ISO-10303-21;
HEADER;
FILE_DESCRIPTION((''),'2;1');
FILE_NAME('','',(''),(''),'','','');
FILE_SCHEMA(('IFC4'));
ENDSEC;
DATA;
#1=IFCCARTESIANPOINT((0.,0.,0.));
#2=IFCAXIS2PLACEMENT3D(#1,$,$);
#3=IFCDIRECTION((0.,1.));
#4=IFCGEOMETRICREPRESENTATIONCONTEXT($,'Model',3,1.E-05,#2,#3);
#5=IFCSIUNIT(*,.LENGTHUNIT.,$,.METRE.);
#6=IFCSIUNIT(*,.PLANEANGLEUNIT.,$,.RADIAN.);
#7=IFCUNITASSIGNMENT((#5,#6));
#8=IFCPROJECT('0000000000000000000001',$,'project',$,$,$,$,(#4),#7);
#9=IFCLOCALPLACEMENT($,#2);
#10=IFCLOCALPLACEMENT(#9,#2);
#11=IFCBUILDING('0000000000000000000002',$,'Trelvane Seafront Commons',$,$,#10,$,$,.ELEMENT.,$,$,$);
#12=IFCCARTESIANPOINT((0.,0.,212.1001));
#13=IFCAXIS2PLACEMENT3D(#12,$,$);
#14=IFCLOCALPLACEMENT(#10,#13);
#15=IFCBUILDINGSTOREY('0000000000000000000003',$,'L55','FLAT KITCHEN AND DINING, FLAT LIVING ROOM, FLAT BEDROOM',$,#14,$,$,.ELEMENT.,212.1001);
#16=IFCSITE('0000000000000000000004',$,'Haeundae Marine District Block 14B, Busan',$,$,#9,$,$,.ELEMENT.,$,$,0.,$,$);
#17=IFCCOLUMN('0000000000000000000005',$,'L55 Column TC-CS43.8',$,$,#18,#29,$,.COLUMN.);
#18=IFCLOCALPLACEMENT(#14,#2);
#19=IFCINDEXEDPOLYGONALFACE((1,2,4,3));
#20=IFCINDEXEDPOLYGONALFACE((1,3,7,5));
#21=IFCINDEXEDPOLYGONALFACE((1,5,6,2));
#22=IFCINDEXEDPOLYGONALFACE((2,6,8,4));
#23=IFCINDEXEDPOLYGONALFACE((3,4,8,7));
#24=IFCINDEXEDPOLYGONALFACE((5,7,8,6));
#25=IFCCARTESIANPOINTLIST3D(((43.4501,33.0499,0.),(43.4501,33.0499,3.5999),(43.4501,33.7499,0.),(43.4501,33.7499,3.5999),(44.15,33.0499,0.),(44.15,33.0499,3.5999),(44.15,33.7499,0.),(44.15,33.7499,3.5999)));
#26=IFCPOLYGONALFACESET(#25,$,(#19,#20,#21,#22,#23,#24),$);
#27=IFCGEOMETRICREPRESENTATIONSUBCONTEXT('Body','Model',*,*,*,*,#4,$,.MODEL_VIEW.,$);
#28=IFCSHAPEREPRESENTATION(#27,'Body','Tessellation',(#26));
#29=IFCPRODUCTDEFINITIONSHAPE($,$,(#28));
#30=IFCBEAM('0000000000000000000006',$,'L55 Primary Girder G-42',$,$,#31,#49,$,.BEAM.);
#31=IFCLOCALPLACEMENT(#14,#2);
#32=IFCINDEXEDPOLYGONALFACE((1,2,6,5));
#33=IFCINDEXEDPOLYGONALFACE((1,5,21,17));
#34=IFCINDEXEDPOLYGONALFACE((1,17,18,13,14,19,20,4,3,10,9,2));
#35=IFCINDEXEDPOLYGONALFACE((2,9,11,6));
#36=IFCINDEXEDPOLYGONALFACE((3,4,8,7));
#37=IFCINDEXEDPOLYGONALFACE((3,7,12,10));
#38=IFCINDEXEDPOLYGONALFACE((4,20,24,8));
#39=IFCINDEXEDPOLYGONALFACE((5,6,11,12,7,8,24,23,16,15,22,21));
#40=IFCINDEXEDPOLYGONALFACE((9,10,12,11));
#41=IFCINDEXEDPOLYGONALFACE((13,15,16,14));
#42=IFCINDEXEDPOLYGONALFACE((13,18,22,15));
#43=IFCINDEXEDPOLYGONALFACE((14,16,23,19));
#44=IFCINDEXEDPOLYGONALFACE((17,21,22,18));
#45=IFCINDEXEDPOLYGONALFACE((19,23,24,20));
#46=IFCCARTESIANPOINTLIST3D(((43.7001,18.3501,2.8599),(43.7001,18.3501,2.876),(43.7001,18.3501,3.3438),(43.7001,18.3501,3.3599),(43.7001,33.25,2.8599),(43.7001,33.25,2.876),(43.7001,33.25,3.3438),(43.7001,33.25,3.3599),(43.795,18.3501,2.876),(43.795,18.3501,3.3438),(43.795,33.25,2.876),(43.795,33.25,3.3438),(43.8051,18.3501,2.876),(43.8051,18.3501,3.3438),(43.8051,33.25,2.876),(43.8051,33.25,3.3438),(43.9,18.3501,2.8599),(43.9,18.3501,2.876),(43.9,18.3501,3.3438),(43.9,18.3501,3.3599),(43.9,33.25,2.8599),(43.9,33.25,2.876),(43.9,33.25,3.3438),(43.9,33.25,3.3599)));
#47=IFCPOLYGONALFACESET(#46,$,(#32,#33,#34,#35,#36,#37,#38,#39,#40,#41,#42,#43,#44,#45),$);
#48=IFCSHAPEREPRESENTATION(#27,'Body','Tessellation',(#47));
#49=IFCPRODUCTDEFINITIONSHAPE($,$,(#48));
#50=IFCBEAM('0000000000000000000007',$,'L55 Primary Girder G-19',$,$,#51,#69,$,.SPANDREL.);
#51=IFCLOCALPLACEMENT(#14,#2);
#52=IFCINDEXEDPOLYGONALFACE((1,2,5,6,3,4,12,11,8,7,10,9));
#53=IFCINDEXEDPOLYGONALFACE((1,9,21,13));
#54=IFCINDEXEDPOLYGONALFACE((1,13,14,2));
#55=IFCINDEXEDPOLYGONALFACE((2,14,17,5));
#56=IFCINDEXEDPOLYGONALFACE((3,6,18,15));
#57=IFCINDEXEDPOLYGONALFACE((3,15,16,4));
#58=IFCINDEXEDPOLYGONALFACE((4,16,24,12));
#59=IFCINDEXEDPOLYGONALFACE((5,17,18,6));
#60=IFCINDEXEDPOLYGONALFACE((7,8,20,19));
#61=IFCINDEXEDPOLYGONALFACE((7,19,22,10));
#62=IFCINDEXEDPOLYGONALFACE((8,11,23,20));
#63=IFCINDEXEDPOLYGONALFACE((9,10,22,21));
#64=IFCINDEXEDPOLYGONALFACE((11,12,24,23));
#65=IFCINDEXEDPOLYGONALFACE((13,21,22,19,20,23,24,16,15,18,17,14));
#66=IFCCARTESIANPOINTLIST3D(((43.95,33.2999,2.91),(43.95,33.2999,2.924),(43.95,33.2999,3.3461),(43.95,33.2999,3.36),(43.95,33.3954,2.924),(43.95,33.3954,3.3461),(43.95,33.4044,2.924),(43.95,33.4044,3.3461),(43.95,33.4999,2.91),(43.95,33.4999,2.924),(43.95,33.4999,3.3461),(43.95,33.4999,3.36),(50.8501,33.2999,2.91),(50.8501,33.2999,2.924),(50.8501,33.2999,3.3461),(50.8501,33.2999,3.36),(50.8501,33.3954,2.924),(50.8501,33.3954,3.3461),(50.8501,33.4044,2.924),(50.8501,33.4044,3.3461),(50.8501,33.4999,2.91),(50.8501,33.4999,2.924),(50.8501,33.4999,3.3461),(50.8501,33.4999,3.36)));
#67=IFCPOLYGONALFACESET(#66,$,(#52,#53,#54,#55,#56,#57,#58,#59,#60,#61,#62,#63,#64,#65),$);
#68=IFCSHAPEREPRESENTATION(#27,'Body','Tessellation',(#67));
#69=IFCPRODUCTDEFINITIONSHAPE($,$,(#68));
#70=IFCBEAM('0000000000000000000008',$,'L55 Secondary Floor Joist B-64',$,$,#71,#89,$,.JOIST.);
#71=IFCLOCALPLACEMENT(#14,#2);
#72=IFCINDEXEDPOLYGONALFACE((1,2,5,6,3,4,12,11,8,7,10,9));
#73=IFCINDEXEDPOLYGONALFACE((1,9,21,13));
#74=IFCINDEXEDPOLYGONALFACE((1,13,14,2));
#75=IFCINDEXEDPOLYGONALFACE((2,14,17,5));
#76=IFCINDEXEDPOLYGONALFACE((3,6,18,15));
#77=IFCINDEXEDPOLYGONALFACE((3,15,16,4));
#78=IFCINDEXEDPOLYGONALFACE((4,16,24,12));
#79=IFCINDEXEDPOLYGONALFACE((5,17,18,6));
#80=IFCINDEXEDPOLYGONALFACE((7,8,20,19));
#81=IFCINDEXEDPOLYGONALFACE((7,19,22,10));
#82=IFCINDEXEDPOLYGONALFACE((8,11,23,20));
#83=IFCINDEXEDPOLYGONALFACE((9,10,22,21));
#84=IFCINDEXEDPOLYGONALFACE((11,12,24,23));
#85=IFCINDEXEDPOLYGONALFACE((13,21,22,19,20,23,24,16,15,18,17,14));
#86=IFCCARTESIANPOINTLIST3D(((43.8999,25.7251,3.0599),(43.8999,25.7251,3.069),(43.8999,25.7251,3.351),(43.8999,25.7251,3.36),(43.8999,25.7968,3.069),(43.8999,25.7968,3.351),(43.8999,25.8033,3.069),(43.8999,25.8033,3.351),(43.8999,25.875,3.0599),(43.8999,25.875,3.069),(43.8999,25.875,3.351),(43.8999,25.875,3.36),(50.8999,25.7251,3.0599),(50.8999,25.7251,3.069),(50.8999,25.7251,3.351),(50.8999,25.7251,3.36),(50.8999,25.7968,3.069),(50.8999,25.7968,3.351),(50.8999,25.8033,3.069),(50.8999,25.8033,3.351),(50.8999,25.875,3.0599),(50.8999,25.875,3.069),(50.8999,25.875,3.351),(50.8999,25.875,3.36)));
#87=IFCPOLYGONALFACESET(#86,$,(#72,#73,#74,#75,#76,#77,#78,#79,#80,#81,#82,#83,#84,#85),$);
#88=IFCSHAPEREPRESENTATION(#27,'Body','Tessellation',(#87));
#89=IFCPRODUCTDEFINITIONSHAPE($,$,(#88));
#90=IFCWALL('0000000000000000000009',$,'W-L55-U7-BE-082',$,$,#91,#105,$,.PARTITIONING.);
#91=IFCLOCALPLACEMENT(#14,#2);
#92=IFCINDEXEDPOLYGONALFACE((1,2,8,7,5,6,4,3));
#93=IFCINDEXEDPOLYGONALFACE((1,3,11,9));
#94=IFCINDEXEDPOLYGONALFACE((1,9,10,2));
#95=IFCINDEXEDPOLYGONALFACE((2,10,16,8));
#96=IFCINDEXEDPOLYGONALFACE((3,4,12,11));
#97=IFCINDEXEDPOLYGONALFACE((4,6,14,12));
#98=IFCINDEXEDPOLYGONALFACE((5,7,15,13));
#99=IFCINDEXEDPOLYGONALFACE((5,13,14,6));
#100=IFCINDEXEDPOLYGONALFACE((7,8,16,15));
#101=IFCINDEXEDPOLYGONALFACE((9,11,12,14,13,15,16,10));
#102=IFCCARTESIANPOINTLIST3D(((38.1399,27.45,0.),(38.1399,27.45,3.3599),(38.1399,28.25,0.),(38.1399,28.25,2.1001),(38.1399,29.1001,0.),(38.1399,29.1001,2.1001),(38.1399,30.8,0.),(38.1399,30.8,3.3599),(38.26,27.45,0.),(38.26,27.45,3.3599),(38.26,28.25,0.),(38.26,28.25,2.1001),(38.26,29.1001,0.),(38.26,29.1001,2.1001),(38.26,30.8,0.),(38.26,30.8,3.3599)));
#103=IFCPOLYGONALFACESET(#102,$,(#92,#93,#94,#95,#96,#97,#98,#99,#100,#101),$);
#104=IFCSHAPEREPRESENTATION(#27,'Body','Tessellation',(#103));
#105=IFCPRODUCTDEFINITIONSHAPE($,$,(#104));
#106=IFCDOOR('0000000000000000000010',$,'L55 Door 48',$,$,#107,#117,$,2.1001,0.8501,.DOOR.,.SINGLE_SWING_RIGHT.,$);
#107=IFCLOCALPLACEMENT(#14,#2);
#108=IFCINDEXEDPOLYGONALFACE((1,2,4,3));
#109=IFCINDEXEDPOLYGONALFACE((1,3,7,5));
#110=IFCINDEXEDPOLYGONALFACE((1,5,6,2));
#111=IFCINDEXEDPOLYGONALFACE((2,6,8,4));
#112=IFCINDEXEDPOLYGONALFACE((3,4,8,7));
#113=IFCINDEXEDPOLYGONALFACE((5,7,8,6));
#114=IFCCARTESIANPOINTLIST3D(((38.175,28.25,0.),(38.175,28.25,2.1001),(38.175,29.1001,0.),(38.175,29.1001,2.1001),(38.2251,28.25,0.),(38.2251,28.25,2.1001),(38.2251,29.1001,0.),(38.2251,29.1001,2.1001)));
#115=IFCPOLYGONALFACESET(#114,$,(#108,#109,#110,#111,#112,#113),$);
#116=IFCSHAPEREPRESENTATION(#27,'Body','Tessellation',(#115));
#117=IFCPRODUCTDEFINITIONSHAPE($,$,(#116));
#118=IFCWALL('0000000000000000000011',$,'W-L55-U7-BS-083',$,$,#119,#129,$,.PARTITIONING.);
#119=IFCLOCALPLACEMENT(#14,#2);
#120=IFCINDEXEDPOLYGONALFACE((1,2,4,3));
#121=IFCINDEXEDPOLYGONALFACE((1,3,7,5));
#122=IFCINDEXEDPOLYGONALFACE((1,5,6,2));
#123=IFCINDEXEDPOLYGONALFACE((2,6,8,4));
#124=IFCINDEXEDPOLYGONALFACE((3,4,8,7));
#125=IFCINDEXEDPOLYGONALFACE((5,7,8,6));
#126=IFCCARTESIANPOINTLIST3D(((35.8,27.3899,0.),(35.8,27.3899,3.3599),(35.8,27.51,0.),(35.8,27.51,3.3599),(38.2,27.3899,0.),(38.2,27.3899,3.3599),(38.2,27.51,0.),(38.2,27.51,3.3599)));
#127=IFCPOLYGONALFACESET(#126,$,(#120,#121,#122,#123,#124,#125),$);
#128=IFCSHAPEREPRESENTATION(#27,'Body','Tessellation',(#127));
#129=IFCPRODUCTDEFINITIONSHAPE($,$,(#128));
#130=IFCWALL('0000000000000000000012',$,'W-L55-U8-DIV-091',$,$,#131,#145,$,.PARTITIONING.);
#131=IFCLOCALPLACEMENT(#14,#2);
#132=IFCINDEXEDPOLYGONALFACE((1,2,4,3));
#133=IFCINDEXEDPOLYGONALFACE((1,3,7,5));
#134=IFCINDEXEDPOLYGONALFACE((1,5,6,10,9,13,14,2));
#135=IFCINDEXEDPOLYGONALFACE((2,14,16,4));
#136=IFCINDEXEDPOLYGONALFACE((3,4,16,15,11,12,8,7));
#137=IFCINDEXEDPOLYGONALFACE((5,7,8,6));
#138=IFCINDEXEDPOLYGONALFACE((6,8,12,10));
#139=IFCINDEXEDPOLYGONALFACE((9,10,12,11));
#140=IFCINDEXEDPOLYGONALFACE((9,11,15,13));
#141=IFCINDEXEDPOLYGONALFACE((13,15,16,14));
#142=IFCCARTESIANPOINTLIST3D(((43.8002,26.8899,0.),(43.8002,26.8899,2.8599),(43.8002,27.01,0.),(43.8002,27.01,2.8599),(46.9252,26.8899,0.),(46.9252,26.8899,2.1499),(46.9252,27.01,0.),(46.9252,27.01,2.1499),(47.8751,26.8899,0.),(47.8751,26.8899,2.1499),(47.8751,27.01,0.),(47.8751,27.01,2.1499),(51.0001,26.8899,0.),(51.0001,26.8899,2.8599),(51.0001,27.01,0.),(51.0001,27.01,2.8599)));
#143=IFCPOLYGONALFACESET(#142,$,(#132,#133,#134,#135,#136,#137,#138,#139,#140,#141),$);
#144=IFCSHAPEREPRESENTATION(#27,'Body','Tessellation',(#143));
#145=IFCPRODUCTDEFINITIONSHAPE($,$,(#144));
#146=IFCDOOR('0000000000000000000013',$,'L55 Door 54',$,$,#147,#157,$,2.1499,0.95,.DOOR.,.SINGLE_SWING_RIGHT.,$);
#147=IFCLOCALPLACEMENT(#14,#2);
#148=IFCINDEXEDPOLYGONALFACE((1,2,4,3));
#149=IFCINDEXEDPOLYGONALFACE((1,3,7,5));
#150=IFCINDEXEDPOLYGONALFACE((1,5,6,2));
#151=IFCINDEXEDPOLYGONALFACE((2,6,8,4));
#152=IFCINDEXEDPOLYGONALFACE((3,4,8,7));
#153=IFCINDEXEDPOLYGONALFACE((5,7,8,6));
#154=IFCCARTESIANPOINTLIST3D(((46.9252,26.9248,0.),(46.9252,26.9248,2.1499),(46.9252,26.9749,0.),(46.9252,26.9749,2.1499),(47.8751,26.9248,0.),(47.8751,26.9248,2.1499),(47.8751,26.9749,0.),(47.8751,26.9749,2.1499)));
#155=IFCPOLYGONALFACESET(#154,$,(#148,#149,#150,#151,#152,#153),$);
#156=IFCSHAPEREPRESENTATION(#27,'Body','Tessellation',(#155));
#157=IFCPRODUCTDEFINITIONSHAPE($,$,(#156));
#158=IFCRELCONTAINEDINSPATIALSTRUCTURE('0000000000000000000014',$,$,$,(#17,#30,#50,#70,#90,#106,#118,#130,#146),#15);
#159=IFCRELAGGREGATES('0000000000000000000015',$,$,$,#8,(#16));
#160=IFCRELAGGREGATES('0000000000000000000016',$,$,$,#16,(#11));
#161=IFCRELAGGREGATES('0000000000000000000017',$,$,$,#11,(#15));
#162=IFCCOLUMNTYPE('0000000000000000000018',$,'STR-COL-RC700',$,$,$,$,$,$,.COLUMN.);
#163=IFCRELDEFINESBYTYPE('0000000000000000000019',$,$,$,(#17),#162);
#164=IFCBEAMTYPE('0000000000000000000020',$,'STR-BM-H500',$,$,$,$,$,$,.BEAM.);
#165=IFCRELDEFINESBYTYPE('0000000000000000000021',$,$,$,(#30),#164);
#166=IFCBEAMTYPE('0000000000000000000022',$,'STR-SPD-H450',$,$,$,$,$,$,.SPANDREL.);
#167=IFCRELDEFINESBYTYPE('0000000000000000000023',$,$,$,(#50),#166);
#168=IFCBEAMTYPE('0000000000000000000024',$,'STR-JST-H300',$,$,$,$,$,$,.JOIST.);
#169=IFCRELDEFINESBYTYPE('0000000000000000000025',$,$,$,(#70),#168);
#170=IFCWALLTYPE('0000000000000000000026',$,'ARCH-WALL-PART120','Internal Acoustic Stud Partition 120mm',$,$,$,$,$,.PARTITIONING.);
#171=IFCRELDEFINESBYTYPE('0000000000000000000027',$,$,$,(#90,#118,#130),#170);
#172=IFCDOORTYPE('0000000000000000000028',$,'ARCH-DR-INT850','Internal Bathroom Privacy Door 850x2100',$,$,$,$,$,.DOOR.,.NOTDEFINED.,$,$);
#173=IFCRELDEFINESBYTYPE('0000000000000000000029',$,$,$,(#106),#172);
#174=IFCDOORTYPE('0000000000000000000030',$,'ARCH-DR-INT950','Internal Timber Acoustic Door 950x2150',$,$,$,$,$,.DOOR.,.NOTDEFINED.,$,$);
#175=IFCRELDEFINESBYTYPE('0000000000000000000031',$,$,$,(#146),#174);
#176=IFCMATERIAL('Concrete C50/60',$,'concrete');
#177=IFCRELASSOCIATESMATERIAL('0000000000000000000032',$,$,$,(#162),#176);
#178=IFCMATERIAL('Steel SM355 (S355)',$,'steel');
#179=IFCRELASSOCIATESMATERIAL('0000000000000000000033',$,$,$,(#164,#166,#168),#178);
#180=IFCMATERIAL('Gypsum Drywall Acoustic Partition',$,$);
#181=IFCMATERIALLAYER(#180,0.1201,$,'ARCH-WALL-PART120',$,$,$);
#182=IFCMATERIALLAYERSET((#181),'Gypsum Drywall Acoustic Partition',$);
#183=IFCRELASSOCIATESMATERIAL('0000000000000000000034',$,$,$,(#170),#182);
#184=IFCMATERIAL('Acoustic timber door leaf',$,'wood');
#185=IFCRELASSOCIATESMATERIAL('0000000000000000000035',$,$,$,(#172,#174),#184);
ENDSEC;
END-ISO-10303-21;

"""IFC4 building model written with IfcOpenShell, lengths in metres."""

from ifc_helpers import new_model, si_unit, direction, frame, frame_2d, origin, origin_2d, place, context, subcontext, project, spatial, rectangle, i_section, extrude, source, transform, mapped, material, layer, layer_set, material_profile, profile_set, type_object, element, fill, save


model = new_model("IFC4")

# Units and contexts
model_context = context("Model", 3, precision=1e-05, world=origin(), true_north=direction((0.0, 1.0)))
body_context = subcontext(model_context, "Body", "Model", "MODEL_VIEW")
ifc_project = project(units=[si_unit("LENGTHUNIT", "METRE"), si_unit("PLANEANGLEUNIT", "RADIAN")], contexts=[model_context])

# Site, building, storey
site_placement = place(None, origin())
site = spatial("IfcSite", under=ifc_project, at=site_placement, Name="Haeundae Marine District Block 14B, Busan", CompositionType="ELEMENT", RefElevation=0.0)
building_placement = place(site_placement, origin())
building = spatial("IfcBuilding", under=site, at=building_placement, Name="Trelvane Seafront Commons", CompositionType="ELEMENT")
storey_placement = place(building_placement, frame((0.0, 0.0, 212.1001)))
storey = spatial("IfcBuildingStorey", under=building, at=storey_placement, Name="L55", Description="FLAT KITCHEN AND DINING, FLAT LIVING ROOM, FLAT BEDROOM", CompositionType="ELEMENT", Elevation=212.1001)

# Column
ifc_material_1 = material(Name="Concrete C50/60", Category="concrete")
ifc_material_profile_1 = material_profile(ifc_material_1, rectangle(XDim=0.7, YDim=0.7, at=origin_2d()), Name="RC-700x700")
ifc_profile_set_1 = profile_set([ifc_material_profile_1], Name="Concrete C50/60")
column_type = type_object("IfcColumnType", Name="STR-COL-RC700", PredefinedType="COLUMN", material=ifc_profile_set_1)
shared_shape_1 = source(origin(), body_context, "Body", "SweptSolid", [
    extrude(rectangle(XDim=0.7, YDim=0.7, at=origin_2d()), origin(), (0.0, 0.0, 1.0), 3.5999),
])
column_placement = place(storey_placement, frame((43.8, 33.3999, 0.0), z_axis=(0.0, 0.0, 1.0), x_axis=(1.0, 0.0, 0.0)))
element("IfcColumn", 1, at=column_placement, inside=storey, type_object=column_type, Name="L55 Column TC-CS43.8", PredefinedType="COLUMN", context=body_context, shape_type="MappedRepresentation", body=[
    mapped(shared_shape_1, transform((0.0, 0.0, 0.0), x_axis=(1.0, 0.0, 0.0), y_axis=(0.0, 1.0, 0.0), z_axis=(0.0, 0.0, 1.0), scale=1.0)),
])

# Beams
ifc_material_2 = material(Name="Steel SM355 (S355)", Category="steel")
ifc_material_profile_2 = material_profile(ifc_material_2, i_section(OverallWidth=0.2, OverallDepth=0.5, WebThickness=0.01, FlangeThickness=0.0161, at=origin_2d()), Name="H-500x200x10x16")
ifc_profile_set_2 = profile_set([ifc_material_profile_2], Name="Steel SM355 (S355)")
beam_type_1 = type_object("IfcBeamType", Name="STR-BM-H500", PredefinedType="BEAM", material=ifc_profile_set_2)
shared_shape_2 = source(origin(), body_context, "Body", "SweptSolid", [
    extrude(i_section(OverallWidth=0.2, OverallDepth=0.5, WebThickness=0.01, FlangeThickness=0.0161, at=origin_2d()), origin(), (0.0, 0.0, 1.0), 14.8999),
])
beam_1_placement = place(storey_placement, frame((43.8, 18.3501, 3.1099), z_axis=(0.0, 1.0, 0.0), x_axis=(-1.0, 0.0, 0.0)))
element("IfcBeam", 2, at=beam_1_placement, inside=storey, type_object=beam_type_1, Name="L55 Primary Girder G-42", PredefinedType="BEAM", context=body_context, shape_type="MappedRepresentation", body=[
    mapped(shared_shape_2, transform((0.0, 0.0, 0.0), x_axis=(1.0, 0.0, 0.0), y_axis=(0.0, 1.0, 0.0), z_axis=(0.0, 0.0, 1.0), scale=1.0)),
])
ifc_material_profile_3 = material_profile(ifc_material_2, i_section(OverallWidth=0.2, OverallDepth=0.45, WebThickness=0.009, FlangeThickness=0.0139, at=origin_2d()), Name="H-450x200x9x14")
ifc_profile_set_3 = profile_set([ifc_material_profile_3], Name="Steel SM355 (S355)")
beam_type_2 = type_object("IfcBeamType", Name="STR-SPD-H450", PredefinedType="SPANDREL", material=ifc_profile_set_3)
shared_shape_3 = source(origin(), body_context, "Body", "SweptSolid", [
    extrude(i_section(OverallWidth=0.2, OverallDepth=0.45, WebThickness=0.009, FlangeThickness=0.0139, at=origin_2d()), origin(), (0.0, 0.0, 1.0), 6.9001),
])
beam_2_placement = place(storey_placement, frame((43.95, 33.3999, 3.135), z_axis=(1.0, 0.0, 0.0), x_axis=(0.0, 1.0, 0.0)))
element("IfcBeam", 3, at=beam_2_placement, inside=storey, type_object=beam_type_2, Name="L55 Primary Girder G-19", PredefinedType="SPANDREL", context=body_context, shape_type="MappedRepresentation", body=[
    mapped(shared_shape_3, transform((0.0, 0.0, 0.0), x_axis=(1.0, 0.0, 0.0), y_axis=(0.0, 1.0, 0.0), z_axis=(0.0, 0.0, 1.0), scale=1.0)),
])
ifc_material_profile_4 = material_profile(ifc_material_2, i_section(OverallWidth=0.1499, OverallDepth=0.3, WebThickness=0.0066, FlangeThickness=0.009, at=origin_2d()), Name="H-300x150x6.5x9")
ifc_profile_set_4 = profile_set([ifc_material_profile_4], Name="Steel SM355 (S355)")
beam_type_3 = type_object("IfcBeamType", Name="STR-JST-H300", PredefinedType="JOIST", material=ifc_profile_set_4)
shared_shape_4 = source(origin(), body_context, "Body", "SweptSolid", [
    extrude(i_section(OverallWidth=0.1499, OverallDepth=0.3, WebThickness=0.0066, FlangeThickness=0.009, at=origin_2d()), origin(), (0.0, 0.0, 1.0), 7.0),
])
beam_3_placement = place(storey_placement, frame((43.8999, 25.8, 3.21), z_axis=(1.0, 0.0, 0.0), x_axis=(0.0, 1.0, 0.0)))
element("IfcBeam", 4, at=beam_3_placement, inside=storey, type_object=beam_type_3, Name="L55 Secondary Floor Joist B-64", PredefinedType="JOIST", context=body_context, shape_type="MappedRepresentation", body=[
    mapped(shared_shape_4, transform((0.0, 0.0, 0.0), x_axis=(1.0, 0.0, 0.0), y_axis=(0.0, 1.0, 0.0), z_axis=(0.0, 0.0, 1.0), scale=1.0)),
])

# Shared definitions
shared_shape_5 = source(origin(), body_context, "Body", "SweptSolid", [
    extrude(rectangle(XDim=0.95, YDim=2.1499, at=frame_2d((0.4751, 1.075))), frame((0.0, 0.0249, 0.0), z_axis=(0.0, -1.0, 0.0), x_axis=(1.0, 0.0, 0.0)), (0.0, 0.0, 1.0), 0.05),
])

# Wall, opening, door
ifc_material_3 = material(Name="Gypsum Drywall Acoustic Partition")
ifc_layer_1 = layer(ifc_material_3, 0.1201, Name="ARCH-WALL-PART120")
ifc_layer_set_1 = layer_set([ifc_layer_1], Name="Gypsum Drywall Acoustic Partition")
wall_type_1 = type_object("IfcWallType", Name="ARCH-WALL-PART120", Description="Internal Acoustic Stud Partition 120mm", PredefinedType="PARTITIONING", material=ifc_layer_set_1)
wall_1_placement = place(storey_placement, frame((38.2, 27.45, 0.0), z_axis=(0.0, 0.0, 1.0), x_axis=(0.0, 1.0, 0.0)))
wall_1 = element("IfcWall", 5, at=wall_1_placement, inside=storey, type_object=wall_type_1, Name="W-L55-U7-BE-082", PredefinedType="PARTITIONING", context=body_context, shape_type="SweptSolid", body=[
    extrude(rectangle(XDim=3.3501, YDim=0.1201, at=frame_2d((1.675, 0.0))), origin(), (0.0, 0.0, 1.0), 3.3599),
])
opening_1_placement = place(wall_1_placement, frame((0.8, 0.0, 0.0)))
opening_1 = element("IfcOpeningElement", 6, at=opening_1_placement, cuts=wall_1, PredefinedType="OPENING", context=body_context, shape_type="SweptSolid", body=[
    extrude(rectangle(XDim=0.8501, YDim=2.1001, at=frame_2d((0.425, 1.05))), frame((0.0, 0.0701, 0.0), z_axis=(0.0, -1.0, 0.0), x_axis=(1.0, 0.0, 0.0)), (0.0, 0.0, 1.0), 0.1401),
])
ifc_material_4 = material(Name="Acoustic timber door leaf", Category="wood")
door_type_1 = type_object("IfcDoorType", Name="ARCH-DR-INT850", Description="Internal Bathroom Privacy Door 850x2100", OperationType="NOTDEFINED", PredefinedType="DOOR", material=ifc_material_4)
shared_shape_6 = source(origin(), body_context, "Body", "SweptSolid", [
    extrude(rectangle(XDim=0.8501, YDim=2.1001, at=frame_2d((0.425, 1.05))), frame((0.0, 0.0249, 0.0), z_axis=(0.0, -1.0, 0.0), x_axis=(1.0, 0.0, 0.0)), (0.0, 0.0, 1.0), 0.05),
])
door_1_placement = place(opening_1_placement, origin())
door_1 = element("IfcDoor", 7, at=door_1_placement, inside=storey, type_object=door_type_1, Name="L55 Door 48", OperationType="SINGLE_SWING_RIGHT", OverallHeight=2.1001, OverallWidth=0.8501, PredefinedType="DOOR", context=body_context, shape_type="MappedRepresentation", body=[
    mapped(shared_shape_6, transform((0.0, 0.0, 0.0), x_axis=(1.0, 0.0, 0.0), y_axis=(0.0, 1.0, 0.0), z_axis=(0.0, 0.0, 1.0), scale=1.0)),
])
fill(opening_1, door_1)

# Wall
wall_2_placement = place(storey_placement, frame((35.8, 27.45, 0.0), z_axis=(0.0, 0.0, 1.0), x_axis=(1.0, 0.0, 0.0)))
element("IfcWall", 8, at=wall_2_placement, inside=storey, type_object=wall_type_1, Name="W-L55-U7-BS-083", PredefinedType="PARTITIONING", context=body_context, shape_type="SweptSolid", body=[
    extrude(rectangle(XDim=2.3999, YDim=0.1201, at=frame_2d((1.2, 0.0))), origin(), (0.0, 0.0, 1.0), 3.3599),
])

# Wall, opening, door
wall_3_placement = place(storey_placement, frame((43.8, 26.95, 0.0), z_axis=(0.0, 0.0, 1.0), x_axis=(1.0, 0.0, 0.0)))
wall_3 = element("IfcWall", 9, at=wall_3_placement, inside=storey, type_object=wall_type_1, Name="W-L55-U8-DIV-091", PredefinedType="PARTITIONING", context=body_context, shape_type="SweptSolid", body=[
    extrude(rectangle(XDim=7.2, YDim=0.1201, at=frame_2d((3.6001, 0.0))), origin(), (0.0, 0.0, 1.0), 2.8599),
])
opening_2_placement = place(wall_3_placement, frame((3.125, 0.0, 0.0)))
opening_2 = element("IfcOpeningElement", 10, at=opening_2_placement, cuts=wall_3, PredefinedType="OPENING", context=body_context, shape_type="SweptSolid", body=[
    extrude(rectangle(XDim=0.95, YDim=2.1499, at=frame_2d((0.4751, 1.075))), frame((0.0, 0.0701, 0.0), z_axis=(0.0, -1.0, 0.0), x_axis=(1.0, 0.0, 0.0)), (0.0, 0.0, 1.0), 0.1401),
])
door_type_2 = type_object("IfcDoorType", Name="ARCH-DR-INT950", Description="Internal Timber Acoustic Door 950x2150", OperationType="NOTDEFINED", PredefinedType="DOOR", material=ifc_material_4)
door_2_placement = place(opening_2_placement, origin())
door_2 = element("IfcDoor", 11, at=door_2_placement, inside=storey, type_object=door_type_2, Name="L55 Door 54", OperationType="SINGLE_SWING_RIGHT", OverallHeight=2.1499, OverallWidth=0.95, PredefinedType="DOOR", context=body_context, shape_type="MappedRepresentation", body=[
    mapped(shared_shape_5, transform((0.0, 0.0, 0.0), x_axis=(1.0, 0.0, 0.0), y_axis=(0.0, 1.0, 0.0), z_axis=(0.0, 0.0, 1.0), scale=1.0)),
])
fill(opening_2, door_2)

save(model, "model.ifc")
